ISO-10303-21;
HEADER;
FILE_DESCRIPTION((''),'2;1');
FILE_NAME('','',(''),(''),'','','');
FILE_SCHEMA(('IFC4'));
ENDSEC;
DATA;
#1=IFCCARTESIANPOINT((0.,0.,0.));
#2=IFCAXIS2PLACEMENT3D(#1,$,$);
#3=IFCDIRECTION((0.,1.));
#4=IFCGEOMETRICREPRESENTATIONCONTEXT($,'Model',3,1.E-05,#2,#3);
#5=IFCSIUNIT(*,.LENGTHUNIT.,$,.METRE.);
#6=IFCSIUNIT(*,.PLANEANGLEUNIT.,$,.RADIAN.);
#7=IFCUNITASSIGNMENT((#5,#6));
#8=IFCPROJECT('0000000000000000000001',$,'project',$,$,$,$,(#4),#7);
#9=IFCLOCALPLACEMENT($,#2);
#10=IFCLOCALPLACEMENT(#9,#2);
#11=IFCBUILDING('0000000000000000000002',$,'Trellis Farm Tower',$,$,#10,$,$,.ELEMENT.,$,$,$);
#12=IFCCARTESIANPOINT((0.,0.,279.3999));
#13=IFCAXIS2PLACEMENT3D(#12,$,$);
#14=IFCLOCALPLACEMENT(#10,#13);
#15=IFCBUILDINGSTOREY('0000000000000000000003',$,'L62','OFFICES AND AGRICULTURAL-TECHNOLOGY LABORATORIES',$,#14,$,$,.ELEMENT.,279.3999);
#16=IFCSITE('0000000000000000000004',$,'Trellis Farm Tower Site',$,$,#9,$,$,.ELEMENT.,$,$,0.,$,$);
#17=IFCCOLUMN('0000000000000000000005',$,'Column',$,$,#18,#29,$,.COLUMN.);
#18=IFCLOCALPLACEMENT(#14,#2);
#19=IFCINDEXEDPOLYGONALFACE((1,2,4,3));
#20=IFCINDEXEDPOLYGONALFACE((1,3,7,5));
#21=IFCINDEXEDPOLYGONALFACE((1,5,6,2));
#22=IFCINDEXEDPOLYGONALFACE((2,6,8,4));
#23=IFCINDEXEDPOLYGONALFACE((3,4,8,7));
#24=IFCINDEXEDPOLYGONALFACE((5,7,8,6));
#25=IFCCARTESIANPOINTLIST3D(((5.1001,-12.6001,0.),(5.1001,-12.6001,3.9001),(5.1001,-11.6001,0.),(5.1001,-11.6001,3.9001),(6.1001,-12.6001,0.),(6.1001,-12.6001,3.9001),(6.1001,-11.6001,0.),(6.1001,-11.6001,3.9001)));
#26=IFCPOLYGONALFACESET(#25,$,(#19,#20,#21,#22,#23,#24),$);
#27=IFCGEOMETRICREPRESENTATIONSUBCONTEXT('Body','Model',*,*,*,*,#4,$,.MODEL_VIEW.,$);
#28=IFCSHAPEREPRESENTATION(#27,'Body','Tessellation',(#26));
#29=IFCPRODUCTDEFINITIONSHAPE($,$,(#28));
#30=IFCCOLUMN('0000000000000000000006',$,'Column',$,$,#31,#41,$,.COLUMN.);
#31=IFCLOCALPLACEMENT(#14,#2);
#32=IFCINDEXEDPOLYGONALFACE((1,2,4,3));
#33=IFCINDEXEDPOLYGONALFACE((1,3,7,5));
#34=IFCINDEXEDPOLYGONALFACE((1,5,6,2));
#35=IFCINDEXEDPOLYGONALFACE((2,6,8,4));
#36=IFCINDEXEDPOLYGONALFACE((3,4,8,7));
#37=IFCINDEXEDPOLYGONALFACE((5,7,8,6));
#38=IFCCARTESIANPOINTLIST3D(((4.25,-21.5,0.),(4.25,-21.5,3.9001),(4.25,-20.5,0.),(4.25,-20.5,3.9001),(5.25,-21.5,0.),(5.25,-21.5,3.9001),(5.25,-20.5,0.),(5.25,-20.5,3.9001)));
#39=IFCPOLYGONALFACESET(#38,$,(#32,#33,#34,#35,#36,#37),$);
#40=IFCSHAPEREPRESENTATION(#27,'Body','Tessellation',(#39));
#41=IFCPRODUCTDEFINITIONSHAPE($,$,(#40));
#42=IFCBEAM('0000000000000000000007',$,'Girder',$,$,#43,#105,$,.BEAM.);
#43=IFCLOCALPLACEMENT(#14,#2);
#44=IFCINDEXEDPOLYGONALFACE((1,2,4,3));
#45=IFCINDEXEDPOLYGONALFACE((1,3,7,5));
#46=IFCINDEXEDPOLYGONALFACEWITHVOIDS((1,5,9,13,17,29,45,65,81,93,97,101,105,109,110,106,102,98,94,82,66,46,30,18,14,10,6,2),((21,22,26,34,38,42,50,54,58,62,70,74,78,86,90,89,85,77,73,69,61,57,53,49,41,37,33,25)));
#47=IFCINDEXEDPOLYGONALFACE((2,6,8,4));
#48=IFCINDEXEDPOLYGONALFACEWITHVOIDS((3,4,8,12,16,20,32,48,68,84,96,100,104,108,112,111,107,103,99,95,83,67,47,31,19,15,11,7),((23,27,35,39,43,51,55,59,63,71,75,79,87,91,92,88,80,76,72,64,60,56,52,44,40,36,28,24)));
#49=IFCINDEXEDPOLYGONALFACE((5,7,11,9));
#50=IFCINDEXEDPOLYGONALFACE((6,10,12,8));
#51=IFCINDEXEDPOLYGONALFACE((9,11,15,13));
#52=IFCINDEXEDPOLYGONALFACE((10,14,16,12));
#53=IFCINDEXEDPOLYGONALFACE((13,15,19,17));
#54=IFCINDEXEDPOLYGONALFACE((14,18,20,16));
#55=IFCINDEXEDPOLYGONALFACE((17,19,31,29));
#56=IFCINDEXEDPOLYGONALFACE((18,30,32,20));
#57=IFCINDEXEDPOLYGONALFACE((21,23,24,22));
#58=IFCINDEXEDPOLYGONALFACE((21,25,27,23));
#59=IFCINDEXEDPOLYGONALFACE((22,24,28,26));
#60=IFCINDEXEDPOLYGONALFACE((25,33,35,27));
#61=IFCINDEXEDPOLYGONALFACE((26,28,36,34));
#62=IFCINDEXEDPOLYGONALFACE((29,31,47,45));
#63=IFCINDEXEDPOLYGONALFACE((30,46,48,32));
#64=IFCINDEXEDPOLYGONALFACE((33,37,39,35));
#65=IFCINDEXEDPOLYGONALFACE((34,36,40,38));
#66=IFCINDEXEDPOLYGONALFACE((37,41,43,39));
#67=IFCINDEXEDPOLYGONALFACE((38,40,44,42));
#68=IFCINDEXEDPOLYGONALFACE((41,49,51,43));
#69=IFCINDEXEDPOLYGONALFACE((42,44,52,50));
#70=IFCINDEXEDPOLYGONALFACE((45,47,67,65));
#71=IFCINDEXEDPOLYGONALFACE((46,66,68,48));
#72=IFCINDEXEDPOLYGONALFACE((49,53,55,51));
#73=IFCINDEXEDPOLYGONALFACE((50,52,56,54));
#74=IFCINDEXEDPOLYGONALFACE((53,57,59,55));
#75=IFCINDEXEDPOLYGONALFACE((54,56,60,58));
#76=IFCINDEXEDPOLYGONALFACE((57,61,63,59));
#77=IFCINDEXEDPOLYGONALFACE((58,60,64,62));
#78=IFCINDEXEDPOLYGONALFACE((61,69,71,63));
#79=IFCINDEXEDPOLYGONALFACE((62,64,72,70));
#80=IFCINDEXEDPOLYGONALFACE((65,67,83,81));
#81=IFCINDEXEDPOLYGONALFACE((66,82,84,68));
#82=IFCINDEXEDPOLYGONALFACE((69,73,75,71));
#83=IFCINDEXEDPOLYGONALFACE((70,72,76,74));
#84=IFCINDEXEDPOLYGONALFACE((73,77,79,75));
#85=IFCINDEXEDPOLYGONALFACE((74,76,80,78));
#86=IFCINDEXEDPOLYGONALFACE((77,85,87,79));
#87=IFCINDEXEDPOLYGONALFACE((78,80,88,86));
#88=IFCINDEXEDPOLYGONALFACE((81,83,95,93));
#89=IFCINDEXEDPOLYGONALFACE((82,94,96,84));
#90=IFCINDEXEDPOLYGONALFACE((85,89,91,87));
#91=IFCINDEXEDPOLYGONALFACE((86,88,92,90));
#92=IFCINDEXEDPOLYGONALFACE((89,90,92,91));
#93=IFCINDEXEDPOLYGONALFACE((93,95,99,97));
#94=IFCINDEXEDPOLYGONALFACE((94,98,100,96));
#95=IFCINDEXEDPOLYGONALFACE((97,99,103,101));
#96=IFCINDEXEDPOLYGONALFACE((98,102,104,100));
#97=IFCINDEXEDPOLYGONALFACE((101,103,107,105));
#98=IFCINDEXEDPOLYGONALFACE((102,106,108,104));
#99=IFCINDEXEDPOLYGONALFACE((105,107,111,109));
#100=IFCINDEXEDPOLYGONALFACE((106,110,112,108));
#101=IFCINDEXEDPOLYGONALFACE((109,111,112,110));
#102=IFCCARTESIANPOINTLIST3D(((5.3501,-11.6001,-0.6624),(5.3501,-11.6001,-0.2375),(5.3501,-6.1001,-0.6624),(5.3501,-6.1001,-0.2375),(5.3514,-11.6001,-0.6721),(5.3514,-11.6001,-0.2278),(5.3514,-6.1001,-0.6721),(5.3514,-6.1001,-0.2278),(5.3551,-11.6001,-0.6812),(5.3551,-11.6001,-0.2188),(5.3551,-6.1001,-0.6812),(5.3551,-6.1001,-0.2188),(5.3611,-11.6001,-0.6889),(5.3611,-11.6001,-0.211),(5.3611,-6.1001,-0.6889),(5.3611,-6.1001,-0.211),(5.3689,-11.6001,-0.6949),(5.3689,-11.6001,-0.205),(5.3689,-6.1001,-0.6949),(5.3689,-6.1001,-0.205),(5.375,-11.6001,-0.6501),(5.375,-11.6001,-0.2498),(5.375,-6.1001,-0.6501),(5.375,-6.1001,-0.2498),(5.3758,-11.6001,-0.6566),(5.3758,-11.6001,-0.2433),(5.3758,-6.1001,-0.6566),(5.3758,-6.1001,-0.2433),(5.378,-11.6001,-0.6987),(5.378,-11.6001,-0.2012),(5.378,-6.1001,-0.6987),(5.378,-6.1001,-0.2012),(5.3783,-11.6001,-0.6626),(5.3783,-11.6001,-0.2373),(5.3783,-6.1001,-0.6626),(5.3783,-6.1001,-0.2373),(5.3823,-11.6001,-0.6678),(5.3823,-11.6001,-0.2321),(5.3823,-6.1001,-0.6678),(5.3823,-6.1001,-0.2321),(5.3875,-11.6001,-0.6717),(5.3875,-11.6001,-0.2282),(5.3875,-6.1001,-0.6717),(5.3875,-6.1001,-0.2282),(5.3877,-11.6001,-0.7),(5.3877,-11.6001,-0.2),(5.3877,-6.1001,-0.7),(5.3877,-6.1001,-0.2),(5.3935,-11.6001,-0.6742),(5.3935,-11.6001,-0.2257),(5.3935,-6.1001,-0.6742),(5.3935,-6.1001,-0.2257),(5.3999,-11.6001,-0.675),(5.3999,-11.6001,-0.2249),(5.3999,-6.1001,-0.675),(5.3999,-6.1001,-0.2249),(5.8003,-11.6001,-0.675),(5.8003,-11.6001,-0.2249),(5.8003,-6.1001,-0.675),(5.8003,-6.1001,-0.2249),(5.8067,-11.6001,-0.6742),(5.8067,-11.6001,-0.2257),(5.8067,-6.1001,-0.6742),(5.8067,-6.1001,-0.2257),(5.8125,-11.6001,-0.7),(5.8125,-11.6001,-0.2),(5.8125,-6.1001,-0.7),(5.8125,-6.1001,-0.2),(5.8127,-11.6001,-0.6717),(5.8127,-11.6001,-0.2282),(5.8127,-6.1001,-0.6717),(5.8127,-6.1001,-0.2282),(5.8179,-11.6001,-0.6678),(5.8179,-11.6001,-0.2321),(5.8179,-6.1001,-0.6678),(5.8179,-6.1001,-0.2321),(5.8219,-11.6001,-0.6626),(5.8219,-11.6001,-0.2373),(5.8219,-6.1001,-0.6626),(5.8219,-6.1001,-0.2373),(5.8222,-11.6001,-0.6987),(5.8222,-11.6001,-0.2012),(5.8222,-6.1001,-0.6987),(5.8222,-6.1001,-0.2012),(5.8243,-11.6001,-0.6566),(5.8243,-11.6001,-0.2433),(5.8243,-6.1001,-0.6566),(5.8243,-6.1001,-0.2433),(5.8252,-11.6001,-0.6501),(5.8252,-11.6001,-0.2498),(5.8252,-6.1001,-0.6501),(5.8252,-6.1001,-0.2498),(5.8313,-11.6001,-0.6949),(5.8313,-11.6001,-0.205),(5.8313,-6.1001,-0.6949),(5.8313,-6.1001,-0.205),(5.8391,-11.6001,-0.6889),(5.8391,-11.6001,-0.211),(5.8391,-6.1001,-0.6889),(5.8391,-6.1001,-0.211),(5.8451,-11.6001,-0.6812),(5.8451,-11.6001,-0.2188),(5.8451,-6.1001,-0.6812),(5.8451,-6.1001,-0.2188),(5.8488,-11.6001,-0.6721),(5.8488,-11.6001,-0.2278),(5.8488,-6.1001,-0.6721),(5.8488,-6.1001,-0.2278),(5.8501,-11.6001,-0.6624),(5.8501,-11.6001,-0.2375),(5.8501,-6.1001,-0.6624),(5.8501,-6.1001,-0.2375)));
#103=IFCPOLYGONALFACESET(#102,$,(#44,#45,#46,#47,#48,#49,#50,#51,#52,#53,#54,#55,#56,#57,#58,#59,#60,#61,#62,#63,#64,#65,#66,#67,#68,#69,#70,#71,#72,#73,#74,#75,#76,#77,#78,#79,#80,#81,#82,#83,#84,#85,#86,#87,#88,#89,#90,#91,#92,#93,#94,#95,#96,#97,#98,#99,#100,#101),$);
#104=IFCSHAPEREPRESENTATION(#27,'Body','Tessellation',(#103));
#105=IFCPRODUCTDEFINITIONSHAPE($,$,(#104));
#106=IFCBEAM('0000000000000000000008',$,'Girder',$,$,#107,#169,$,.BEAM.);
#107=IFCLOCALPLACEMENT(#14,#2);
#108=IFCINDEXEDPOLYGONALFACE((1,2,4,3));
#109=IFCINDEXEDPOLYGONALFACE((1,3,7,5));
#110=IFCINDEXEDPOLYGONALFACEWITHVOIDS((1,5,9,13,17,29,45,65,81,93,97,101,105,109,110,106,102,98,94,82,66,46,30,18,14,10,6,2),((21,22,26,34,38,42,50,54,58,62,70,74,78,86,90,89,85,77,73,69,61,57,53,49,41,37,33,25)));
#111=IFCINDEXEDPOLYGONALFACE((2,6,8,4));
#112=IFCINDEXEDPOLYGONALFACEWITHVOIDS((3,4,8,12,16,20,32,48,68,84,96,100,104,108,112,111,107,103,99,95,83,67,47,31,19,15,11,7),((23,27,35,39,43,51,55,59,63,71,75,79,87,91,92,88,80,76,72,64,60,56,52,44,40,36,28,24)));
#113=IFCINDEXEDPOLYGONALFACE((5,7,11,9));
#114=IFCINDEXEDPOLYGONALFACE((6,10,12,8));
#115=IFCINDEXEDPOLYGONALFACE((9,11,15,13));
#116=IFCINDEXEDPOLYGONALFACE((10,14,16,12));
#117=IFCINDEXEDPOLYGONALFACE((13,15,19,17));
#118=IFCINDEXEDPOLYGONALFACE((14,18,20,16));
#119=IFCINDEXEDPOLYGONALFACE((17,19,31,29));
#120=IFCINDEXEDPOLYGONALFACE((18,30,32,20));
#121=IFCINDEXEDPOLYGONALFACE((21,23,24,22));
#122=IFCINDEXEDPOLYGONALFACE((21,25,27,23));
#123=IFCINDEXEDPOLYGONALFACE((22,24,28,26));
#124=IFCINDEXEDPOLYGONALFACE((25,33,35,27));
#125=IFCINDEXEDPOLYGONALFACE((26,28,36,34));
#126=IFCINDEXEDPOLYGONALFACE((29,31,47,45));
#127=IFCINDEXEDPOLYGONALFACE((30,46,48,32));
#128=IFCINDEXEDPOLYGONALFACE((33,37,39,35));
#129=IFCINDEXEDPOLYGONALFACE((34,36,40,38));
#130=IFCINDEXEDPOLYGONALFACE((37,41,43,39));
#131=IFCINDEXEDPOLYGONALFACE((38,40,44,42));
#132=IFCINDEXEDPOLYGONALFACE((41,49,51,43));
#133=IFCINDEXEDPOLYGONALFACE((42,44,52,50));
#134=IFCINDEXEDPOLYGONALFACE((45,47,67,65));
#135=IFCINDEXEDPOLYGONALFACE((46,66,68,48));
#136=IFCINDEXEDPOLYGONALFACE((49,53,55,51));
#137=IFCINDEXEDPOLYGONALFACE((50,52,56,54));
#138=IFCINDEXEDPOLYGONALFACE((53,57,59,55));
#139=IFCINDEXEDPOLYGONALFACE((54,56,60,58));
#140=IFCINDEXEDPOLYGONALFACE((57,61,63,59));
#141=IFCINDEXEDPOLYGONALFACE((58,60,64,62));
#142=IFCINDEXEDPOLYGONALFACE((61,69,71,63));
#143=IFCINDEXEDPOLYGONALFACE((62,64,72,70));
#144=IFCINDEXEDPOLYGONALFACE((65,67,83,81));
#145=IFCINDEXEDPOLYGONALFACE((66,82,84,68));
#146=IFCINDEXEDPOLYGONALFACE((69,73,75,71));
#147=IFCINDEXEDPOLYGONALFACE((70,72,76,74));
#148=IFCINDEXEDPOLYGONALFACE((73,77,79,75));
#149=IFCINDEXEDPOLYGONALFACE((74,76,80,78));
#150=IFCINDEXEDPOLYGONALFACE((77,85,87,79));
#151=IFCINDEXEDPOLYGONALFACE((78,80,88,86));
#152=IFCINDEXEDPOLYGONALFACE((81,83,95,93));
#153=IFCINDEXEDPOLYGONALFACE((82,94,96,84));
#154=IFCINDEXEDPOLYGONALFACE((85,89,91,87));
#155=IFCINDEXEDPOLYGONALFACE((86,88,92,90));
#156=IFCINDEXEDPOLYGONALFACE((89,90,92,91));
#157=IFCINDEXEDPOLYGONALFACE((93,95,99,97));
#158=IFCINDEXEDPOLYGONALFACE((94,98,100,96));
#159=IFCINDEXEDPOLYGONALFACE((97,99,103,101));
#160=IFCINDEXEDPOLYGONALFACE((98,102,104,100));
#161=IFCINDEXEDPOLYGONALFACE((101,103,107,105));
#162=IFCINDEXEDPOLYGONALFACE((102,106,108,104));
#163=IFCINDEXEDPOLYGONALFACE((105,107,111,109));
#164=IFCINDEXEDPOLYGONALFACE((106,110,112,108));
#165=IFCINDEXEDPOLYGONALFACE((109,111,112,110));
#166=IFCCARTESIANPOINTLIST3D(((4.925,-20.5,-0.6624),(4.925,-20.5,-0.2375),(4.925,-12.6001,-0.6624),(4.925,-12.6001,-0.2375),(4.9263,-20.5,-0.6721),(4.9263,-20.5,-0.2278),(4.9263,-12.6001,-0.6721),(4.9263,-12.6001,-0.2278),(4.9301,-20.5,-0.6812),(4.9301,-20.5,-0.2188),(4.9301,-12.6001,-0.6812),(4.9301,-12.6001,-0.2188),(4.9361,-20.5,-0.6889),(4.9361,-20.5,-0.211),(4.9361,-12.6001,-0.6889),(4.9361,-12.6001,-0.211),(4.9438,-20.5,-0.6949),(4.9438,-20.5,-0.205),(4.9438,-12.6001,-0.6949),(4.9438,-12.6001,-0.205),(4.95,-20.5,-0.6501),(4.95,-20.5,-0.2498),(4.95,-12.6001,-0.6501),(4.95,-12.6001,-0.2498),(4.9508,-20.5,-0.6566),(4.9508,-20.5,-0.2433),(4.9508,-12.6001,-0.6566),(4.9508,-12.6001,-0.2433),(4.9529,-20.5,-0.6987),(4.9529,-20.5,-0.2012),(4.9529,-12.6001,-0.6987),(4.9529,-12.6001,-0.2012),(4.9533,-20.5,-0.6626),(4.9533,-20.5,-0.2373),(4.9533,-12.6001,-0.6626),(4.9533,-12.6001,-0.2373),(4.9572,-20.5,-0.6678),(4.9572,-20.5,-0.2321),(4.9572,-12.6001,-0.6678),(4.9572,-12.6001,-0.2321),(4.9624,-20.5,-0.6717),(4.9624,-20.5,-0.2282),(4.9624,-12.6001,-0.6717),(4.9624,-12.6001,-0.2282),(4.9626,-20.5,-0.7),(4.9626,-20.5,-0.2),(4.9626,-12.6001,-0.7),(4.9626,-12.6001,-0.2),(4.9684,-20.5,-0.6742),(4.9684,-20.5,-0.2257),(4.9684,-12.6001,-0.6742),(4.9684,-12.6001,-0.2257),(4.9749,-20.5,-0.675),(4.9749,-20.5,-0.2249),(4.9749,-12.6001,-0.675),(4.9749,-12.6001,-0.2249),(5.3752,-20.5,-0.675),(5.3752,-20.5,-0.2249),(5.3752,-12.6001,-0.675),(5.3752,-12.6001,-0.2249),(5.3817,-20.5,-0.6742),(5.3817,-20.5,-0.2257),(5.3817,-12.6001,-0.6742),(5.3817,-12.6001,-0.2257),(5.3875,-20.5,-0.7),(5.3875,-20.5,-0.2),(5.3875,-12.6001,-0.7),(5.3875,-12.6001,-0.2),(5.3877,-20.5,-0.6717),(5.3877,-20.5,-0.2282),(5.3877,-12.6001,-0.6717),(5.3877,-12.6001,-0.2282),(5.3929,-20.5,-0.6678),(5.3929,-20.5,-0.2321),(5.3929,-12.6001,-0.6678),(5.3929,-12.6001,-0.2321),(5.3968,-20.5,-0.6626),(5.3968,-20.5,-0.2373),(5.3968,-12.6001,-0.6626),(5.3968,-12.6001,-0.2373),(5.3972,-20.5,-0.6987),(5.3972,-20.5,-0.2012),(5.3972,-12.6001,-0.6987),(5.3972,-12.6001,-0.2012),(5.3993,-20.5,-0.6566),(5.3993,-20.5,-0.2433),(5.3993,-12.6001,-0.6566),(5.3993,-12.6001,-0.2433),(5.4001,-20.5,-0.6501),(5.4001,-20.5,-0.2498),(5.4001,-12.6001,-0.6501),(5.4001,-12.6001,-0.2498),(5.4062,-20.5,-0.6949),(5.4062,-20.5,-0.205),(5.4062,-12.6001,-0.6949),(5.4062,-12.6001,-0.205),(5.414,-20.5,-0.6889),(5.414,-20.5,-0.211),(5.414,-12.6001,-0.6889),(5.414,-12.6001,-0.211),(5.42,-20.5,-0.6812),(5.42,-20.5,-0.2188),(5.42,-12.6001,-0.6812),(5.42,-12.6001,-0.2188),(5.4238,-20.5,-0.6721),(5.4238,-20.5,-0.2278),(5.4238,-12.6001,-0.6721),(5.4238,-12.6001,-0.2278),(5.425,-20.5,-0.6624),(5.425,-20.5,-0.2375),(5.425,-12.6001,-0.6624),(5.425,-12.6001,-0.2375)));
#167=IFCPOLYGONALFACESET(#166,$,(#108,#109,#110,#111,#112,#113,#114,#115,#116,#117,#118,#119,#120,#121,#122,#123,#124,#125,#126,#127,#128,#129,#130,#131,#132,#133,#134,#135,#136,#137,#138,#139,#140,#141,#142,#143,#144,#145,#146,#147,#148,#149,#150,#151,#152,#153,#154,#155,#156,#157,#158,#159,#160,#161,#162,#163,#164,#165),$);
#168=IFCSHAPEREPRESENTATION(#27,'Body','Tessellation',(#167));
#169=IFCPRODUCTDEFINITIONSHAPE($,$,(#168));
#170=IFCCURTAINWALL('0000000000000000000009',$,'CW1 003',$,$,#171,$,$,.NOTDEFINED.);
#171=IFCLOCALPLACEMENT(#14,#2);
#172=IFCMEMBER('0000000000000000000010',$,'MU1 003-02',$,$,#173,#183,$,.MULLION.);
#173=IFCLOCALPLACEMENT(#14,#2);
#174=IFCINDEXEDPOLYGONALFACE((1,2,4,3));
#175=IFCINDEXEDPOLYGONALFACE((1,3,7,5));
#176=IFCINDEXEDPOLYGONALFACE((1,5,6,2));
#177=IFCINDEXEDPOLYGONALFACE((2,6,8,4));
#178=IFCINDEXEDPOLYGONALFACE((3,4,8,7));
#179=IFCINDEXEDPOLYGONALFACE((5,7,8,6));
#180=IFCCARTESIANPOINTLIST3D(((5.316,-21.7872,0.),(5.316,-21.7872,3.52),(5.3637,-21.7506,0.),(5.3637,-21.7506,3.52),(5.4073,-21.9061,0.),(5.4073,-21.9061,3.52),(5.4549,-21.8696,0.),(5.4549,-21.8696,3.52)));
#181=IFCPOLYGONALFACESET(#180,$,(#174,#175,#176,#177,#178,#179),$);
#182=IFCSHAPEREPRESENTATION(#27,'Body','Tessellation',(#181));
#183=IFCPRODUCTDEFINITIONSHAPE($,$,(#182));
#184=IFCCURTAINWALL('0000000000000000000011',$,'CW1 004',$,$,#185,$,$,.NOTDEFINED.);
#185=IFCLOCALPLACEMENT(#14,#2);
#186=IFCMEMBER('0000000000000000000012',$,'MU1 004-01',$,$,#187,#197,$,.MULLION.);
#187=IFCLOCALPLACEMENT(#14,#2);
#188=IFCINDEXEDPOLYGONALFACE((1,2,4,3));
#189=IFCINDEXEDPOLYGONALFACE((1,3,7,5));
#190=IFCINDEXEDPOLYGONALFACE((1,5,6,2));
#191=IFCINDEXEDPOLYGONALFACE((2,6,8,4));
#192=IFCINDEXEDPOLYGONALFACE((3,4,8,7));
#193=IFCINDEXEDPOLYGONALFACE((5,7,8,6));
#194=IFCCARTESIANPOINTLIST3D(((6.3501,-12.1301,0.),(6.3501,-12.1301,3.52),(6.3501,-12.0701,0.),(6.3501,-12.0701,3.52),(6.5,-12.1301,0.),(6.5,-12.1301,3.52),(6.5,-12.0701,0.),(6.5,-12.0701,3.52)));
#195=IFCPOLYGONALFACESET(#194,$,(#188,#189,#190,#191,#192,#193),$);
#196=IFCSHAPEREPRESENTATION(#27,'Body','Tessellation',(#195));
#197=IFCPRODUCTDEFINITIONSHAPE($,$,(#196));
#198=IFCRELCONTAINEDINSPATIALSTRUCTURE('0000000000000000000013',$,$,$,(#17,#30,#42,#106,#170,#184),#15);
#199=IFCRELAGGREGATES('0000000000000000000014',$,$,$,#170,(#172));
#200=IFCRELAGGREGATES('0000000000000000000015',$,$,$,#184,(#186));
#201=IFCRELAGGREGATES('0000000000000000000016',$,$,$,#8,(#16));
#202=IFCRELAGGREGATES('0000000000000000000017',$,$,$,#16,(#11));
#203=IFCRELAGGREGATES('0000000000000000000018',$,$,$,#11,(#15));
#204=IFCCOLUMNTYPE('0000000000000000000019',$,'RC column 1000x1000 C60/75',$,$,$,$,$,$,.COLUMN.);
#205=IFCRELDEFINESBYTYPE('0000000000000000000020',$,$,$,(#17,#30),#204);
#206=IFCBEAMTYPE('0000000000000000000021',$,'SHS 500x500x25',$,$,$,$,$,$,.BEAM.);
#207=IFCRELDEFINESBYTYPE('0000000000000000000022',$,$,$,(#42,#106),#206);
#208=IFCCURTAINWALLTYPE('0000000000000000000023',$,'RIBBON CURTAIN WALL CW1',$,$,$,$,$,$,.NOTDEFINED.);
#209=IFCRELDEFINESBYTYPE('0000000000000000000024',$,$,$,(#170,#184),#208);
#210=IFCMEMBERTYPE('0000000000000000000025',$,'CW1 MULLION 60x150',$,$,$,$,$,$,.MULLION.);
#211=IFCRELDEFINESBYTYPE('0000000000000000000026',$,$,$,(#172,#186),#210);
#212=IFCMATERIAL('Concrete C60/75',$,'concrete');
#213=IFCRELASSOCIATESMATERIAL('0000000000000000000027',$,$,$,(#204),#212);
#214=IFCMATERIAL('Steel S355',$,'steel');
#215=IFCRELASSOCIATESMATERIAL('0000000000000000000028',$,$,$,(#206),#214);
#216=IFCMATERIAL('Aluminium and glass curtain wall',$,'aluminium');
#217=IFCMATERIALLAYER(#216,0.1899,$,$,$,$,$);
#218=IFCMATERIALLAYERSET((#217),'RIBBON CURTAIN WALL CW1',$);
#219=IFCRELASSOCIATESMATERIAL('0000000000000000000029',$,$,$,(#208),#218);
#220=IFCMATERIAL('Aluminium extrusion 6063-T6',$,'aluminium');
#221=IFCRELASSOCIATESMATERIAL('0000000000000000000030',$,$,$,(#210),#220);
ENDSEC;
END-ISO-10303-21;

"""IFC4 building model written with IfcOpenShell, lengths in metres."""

from ifc_helpers import new_model, si_unit, direction, frame, origin, origin_2d, place, context, subcontext, project, spatial, rectangle, hollow_rectangle, extrude, source, transform, mapped, material, layer, layer_set, material_profile, profile_set, type_object, element, aggregate, save


model = new_model("IFC4")

# Units and contexts
model_context = context("Model", 3, precision=1e-05, world=origin(), true_north=direction((0.0, 1.0)))
body_context = subcontext(model_context, "Body", "Model", "MODEL_VIEW")
ifc_project = project(units=[si_unit("LENGTHUNIT", "METRE"), si_unit("PLANEANGLEUNIT", "RADIAN")], contexts=[model_context])

# Site, building, storey
site_placement = place(None, origin())
site = spatial("IfcSite", under=ifc_project, at=site_placement, Name="Trellis Farm Tower Site", CompositionType="ELEMENT", RefElevation=0.0)
building_placement = place(site_placement, origin())
building = spatial("IfcBuilding", under=site, at=building_placement, Name="Trellis Farm Tower", CompositionType="ELEMENT")
storey_placement = place(building_placement, frame((0.0, 0.0, 279.3999)))
storey = spatial("IfcBuildingStorey", under=building, at=storey_placement, Name="L62", Description="OFFICES AND AGRICULTURAL-TECHNOLOGY LABORATORIES", CompositionType="ELEMENT", Elevation=279.3999)

# Columns
ifc_material_1 = material(Name="Concrete C60/75", Category="concrete")
ifc_material_profile_1 = material_profile(ifc_material_1, rectangle(XDim=1.0, YDim=1.0, at=origin_2d()), Name="RC column 1000x1000 C60/75")
ifc_profile_set_1 = profile_set([ifc_material_profile_1], Name="Concrete C60/75")
column_type = type_object("IfcColumnType", Name="RC column 1000x1000 C60/75", PredefinedType="COLUMN", material=ifc_profile_set_1)
shared_shape_1 = source(origin(), body_context, "Body", "SweptSolid", [
    extrude(rectangle(XDim=1.0, YDim=1.0, at=origin_2d()), origin(), (0.0, 0.0, 1.0), 3.9001),
])
for number, where, z_axis, x_axis, name in (
    (1, (5.6001, -12.1001, 0.0), (0.0, 0.0, 1.0), (1.0, 0.0, 0.0), "Column"),
    (2, (4.75, -21.0, 0.0), (0.0, 0.0, 1.0), (1.0, 0.0, 0.0), "Column"),
):
    element("IfcColumn", number, at=place(storey_placement, frame(where, z_axis=z_axis, x_axis=x_axis)), inside=storey, type_object=column_type, Name=name, PredefinedType="COLUMN", context=body_context, shape_type="MappedRepresentation", body=[
        mapped(shared_shape_1, transform((0.0, 0.0, 0.0))),
    ])

# Beams
ifc_material_2 = material(Name="Steel S355", Category="steel")
ifc_material_profile_2 = material_profile(ifc_material_2, hollow_rectangle(XDim=0.5, YDim=0.5, WallThickness=0.0249, InnerFilletRadius=0.0249, OuterFilletRadius=0.0376, at=origin_2d()), Name="SHS 500x500x25")
ifc_profile_set_2 = profile_set([ifc_material_profile_2], Name="Steel S355")
beam_type = type_object("IfcBeamType", Name="SHS 500x500x25", PredefinedType="BEAM", material=ifc_profile_set_2)
shared_shape_2 = source(origin(), body_context, "Body", "SweptSolid", [
    extrude(hollow_rectangle(XDim=0.5, YDim=0.5, WallThickness=0.0249, InnerFilletRadius=0.0249, OuterFilletRadius=0.0376, at=origin_2d()), origin(), (0.0, 0.0, 1.0), 5.5),
])
beam_1_placement = place(storey_placement, frame((5.6001, -11.6001, -0.45), z_axis=(0.0, 1.0, 0.0), x_axis=(-1.0, 0.0, 0.0)))
element("IfcBeam", 3, at=beam_1_placement, inside=storey, type_object=beam_type, Name="Girder", PredefinedType="BEAM", context=body_context, shape_type="MappedRepresentation", body=[
    mapped(shared_shape_2, transform((0.0, 0.0, 0.0))),
])
shared_shape_3 = source(origin(), body_context, "Body", "SweptSolid", [
    extrude(hollow_rectangle(XDim=0.5, YDim=0.5, WallThickness=0.0249, InnerFilletRadius=0.0249, OuterFilletRadius=0.0376, at=origin_2d()), origin(), (0.0, 0.0, 1.0), 7.8999),
])
beam_2_placement = place(storey_placement, frame((5.175, -20.5, -0.45), z_axis=(0.0, 1.0, 0.0), x_axis=(-1.0, 0.0, 0.0)))
element("IfcBeam", 4, at=beam_2_placement, inside=storey, type_object=beam_type, Name="Girder", PredefinedType="BEAM", context=body_context, shape_type="MappedRepresentation", body=[
    mapped(shared_shape_3, transform((0.0, 0.0, 0.0))),
])

# Curtain wall, member
ifc_material_3 = material(Name="Aluminium and glass curtain wall", Category="aluminium")
ifc_layer_1 = layer(ifc_material_3, 0.1899)
ifc_layer_set_1 = layer_set([ifc_layer_1], Name="RIBBON CURTAIN WALL CW1")
curtain_wall_type_1 = type_object("IfcCurtainWallType", Name="RIBBON CURTAIN WALL CW1", PredefinedType="NOTDEFINED", material=ifc_layer_set_1)
placement = place(storey_placement, origin())
curtain_wall_1 = element("IfcCurtainWall", 5, at=placement, inside=storey, type_object=curtain_wall_type_1, Name="CW1 003", PredefinedType="NOTDEFINED")
ifc_material_4 = material(Name="Aluminium extrusion 6063-T6", Category="aluminium")
ifc_material_profile_3 = material_profile(ifc_material_4, rectangle(XDim=0.0601, YDim=0.1499, at=origin_2d()), Name="MULLION 60x150")
ifc_profile_set_3 = profile_set([ifc_material_profile_3], Name="Aluminium extrusion 6063-T6")
member_type_1 = type_object("IfcMemberType", Name="CW1 MULLION 60x150", PredefinedType="MULLION", material=ifc_profile_set_3)
shared_shape_4 = source(origin(), body_context, "Body", "SweptSolid", [
    extrude(rectangle(XDim=0.0601, YDim=0.1499, at=origin_2d()), origin(), (0.0, 0.0, 1.0), 3.52),
])
member_1_placement = place(storey_placement, frame((5.3855, -21.8284, 0.0), z_axis=(0.0, 0.0, 1.0), x_axis=(0.793353, 0.608761, 0.0)))
member_1 = element("IfcMember", 6, at=member_1_placement, type_object=member_type_1, Name="MU1 003-02", PredefinedType="MULLION", context=body_context, shape_type="MappedRepresentation", body=[
    mapped(shared_shape_4, transform((0.0, 0.0, 0.0))),
])
aggregate(curtain_wall_1, [member_1])

# Curtain wall, member
curtain_wall_2 = element("IfcCurtainWall", 7, at=placement, inside=storey, type_object=curtain_wall_type_1, Name="CW1 004", PredefinedType="NOTDEFINED")
member_2_placement = place(storey_placement, frame((6.425, -12.1001, 0.0), z_axis=(0.0, 0.0, 1.0), x_axis=(0.0, 1.0, 0.0)))
member_2 = element("IfcMember", 8, at=member_2_placement, type_object=member_type_1, Name="MU1 004-01", PredefinedType="MULLION", context=body_context, shape_type="MappedRepresentation", body=[
    mapped(shared_shape_4, transform((0.0, 0.0, 0.0))),
])
aggregate(curtain_wall_2, [member_2])

save(model, "model.ifc")
